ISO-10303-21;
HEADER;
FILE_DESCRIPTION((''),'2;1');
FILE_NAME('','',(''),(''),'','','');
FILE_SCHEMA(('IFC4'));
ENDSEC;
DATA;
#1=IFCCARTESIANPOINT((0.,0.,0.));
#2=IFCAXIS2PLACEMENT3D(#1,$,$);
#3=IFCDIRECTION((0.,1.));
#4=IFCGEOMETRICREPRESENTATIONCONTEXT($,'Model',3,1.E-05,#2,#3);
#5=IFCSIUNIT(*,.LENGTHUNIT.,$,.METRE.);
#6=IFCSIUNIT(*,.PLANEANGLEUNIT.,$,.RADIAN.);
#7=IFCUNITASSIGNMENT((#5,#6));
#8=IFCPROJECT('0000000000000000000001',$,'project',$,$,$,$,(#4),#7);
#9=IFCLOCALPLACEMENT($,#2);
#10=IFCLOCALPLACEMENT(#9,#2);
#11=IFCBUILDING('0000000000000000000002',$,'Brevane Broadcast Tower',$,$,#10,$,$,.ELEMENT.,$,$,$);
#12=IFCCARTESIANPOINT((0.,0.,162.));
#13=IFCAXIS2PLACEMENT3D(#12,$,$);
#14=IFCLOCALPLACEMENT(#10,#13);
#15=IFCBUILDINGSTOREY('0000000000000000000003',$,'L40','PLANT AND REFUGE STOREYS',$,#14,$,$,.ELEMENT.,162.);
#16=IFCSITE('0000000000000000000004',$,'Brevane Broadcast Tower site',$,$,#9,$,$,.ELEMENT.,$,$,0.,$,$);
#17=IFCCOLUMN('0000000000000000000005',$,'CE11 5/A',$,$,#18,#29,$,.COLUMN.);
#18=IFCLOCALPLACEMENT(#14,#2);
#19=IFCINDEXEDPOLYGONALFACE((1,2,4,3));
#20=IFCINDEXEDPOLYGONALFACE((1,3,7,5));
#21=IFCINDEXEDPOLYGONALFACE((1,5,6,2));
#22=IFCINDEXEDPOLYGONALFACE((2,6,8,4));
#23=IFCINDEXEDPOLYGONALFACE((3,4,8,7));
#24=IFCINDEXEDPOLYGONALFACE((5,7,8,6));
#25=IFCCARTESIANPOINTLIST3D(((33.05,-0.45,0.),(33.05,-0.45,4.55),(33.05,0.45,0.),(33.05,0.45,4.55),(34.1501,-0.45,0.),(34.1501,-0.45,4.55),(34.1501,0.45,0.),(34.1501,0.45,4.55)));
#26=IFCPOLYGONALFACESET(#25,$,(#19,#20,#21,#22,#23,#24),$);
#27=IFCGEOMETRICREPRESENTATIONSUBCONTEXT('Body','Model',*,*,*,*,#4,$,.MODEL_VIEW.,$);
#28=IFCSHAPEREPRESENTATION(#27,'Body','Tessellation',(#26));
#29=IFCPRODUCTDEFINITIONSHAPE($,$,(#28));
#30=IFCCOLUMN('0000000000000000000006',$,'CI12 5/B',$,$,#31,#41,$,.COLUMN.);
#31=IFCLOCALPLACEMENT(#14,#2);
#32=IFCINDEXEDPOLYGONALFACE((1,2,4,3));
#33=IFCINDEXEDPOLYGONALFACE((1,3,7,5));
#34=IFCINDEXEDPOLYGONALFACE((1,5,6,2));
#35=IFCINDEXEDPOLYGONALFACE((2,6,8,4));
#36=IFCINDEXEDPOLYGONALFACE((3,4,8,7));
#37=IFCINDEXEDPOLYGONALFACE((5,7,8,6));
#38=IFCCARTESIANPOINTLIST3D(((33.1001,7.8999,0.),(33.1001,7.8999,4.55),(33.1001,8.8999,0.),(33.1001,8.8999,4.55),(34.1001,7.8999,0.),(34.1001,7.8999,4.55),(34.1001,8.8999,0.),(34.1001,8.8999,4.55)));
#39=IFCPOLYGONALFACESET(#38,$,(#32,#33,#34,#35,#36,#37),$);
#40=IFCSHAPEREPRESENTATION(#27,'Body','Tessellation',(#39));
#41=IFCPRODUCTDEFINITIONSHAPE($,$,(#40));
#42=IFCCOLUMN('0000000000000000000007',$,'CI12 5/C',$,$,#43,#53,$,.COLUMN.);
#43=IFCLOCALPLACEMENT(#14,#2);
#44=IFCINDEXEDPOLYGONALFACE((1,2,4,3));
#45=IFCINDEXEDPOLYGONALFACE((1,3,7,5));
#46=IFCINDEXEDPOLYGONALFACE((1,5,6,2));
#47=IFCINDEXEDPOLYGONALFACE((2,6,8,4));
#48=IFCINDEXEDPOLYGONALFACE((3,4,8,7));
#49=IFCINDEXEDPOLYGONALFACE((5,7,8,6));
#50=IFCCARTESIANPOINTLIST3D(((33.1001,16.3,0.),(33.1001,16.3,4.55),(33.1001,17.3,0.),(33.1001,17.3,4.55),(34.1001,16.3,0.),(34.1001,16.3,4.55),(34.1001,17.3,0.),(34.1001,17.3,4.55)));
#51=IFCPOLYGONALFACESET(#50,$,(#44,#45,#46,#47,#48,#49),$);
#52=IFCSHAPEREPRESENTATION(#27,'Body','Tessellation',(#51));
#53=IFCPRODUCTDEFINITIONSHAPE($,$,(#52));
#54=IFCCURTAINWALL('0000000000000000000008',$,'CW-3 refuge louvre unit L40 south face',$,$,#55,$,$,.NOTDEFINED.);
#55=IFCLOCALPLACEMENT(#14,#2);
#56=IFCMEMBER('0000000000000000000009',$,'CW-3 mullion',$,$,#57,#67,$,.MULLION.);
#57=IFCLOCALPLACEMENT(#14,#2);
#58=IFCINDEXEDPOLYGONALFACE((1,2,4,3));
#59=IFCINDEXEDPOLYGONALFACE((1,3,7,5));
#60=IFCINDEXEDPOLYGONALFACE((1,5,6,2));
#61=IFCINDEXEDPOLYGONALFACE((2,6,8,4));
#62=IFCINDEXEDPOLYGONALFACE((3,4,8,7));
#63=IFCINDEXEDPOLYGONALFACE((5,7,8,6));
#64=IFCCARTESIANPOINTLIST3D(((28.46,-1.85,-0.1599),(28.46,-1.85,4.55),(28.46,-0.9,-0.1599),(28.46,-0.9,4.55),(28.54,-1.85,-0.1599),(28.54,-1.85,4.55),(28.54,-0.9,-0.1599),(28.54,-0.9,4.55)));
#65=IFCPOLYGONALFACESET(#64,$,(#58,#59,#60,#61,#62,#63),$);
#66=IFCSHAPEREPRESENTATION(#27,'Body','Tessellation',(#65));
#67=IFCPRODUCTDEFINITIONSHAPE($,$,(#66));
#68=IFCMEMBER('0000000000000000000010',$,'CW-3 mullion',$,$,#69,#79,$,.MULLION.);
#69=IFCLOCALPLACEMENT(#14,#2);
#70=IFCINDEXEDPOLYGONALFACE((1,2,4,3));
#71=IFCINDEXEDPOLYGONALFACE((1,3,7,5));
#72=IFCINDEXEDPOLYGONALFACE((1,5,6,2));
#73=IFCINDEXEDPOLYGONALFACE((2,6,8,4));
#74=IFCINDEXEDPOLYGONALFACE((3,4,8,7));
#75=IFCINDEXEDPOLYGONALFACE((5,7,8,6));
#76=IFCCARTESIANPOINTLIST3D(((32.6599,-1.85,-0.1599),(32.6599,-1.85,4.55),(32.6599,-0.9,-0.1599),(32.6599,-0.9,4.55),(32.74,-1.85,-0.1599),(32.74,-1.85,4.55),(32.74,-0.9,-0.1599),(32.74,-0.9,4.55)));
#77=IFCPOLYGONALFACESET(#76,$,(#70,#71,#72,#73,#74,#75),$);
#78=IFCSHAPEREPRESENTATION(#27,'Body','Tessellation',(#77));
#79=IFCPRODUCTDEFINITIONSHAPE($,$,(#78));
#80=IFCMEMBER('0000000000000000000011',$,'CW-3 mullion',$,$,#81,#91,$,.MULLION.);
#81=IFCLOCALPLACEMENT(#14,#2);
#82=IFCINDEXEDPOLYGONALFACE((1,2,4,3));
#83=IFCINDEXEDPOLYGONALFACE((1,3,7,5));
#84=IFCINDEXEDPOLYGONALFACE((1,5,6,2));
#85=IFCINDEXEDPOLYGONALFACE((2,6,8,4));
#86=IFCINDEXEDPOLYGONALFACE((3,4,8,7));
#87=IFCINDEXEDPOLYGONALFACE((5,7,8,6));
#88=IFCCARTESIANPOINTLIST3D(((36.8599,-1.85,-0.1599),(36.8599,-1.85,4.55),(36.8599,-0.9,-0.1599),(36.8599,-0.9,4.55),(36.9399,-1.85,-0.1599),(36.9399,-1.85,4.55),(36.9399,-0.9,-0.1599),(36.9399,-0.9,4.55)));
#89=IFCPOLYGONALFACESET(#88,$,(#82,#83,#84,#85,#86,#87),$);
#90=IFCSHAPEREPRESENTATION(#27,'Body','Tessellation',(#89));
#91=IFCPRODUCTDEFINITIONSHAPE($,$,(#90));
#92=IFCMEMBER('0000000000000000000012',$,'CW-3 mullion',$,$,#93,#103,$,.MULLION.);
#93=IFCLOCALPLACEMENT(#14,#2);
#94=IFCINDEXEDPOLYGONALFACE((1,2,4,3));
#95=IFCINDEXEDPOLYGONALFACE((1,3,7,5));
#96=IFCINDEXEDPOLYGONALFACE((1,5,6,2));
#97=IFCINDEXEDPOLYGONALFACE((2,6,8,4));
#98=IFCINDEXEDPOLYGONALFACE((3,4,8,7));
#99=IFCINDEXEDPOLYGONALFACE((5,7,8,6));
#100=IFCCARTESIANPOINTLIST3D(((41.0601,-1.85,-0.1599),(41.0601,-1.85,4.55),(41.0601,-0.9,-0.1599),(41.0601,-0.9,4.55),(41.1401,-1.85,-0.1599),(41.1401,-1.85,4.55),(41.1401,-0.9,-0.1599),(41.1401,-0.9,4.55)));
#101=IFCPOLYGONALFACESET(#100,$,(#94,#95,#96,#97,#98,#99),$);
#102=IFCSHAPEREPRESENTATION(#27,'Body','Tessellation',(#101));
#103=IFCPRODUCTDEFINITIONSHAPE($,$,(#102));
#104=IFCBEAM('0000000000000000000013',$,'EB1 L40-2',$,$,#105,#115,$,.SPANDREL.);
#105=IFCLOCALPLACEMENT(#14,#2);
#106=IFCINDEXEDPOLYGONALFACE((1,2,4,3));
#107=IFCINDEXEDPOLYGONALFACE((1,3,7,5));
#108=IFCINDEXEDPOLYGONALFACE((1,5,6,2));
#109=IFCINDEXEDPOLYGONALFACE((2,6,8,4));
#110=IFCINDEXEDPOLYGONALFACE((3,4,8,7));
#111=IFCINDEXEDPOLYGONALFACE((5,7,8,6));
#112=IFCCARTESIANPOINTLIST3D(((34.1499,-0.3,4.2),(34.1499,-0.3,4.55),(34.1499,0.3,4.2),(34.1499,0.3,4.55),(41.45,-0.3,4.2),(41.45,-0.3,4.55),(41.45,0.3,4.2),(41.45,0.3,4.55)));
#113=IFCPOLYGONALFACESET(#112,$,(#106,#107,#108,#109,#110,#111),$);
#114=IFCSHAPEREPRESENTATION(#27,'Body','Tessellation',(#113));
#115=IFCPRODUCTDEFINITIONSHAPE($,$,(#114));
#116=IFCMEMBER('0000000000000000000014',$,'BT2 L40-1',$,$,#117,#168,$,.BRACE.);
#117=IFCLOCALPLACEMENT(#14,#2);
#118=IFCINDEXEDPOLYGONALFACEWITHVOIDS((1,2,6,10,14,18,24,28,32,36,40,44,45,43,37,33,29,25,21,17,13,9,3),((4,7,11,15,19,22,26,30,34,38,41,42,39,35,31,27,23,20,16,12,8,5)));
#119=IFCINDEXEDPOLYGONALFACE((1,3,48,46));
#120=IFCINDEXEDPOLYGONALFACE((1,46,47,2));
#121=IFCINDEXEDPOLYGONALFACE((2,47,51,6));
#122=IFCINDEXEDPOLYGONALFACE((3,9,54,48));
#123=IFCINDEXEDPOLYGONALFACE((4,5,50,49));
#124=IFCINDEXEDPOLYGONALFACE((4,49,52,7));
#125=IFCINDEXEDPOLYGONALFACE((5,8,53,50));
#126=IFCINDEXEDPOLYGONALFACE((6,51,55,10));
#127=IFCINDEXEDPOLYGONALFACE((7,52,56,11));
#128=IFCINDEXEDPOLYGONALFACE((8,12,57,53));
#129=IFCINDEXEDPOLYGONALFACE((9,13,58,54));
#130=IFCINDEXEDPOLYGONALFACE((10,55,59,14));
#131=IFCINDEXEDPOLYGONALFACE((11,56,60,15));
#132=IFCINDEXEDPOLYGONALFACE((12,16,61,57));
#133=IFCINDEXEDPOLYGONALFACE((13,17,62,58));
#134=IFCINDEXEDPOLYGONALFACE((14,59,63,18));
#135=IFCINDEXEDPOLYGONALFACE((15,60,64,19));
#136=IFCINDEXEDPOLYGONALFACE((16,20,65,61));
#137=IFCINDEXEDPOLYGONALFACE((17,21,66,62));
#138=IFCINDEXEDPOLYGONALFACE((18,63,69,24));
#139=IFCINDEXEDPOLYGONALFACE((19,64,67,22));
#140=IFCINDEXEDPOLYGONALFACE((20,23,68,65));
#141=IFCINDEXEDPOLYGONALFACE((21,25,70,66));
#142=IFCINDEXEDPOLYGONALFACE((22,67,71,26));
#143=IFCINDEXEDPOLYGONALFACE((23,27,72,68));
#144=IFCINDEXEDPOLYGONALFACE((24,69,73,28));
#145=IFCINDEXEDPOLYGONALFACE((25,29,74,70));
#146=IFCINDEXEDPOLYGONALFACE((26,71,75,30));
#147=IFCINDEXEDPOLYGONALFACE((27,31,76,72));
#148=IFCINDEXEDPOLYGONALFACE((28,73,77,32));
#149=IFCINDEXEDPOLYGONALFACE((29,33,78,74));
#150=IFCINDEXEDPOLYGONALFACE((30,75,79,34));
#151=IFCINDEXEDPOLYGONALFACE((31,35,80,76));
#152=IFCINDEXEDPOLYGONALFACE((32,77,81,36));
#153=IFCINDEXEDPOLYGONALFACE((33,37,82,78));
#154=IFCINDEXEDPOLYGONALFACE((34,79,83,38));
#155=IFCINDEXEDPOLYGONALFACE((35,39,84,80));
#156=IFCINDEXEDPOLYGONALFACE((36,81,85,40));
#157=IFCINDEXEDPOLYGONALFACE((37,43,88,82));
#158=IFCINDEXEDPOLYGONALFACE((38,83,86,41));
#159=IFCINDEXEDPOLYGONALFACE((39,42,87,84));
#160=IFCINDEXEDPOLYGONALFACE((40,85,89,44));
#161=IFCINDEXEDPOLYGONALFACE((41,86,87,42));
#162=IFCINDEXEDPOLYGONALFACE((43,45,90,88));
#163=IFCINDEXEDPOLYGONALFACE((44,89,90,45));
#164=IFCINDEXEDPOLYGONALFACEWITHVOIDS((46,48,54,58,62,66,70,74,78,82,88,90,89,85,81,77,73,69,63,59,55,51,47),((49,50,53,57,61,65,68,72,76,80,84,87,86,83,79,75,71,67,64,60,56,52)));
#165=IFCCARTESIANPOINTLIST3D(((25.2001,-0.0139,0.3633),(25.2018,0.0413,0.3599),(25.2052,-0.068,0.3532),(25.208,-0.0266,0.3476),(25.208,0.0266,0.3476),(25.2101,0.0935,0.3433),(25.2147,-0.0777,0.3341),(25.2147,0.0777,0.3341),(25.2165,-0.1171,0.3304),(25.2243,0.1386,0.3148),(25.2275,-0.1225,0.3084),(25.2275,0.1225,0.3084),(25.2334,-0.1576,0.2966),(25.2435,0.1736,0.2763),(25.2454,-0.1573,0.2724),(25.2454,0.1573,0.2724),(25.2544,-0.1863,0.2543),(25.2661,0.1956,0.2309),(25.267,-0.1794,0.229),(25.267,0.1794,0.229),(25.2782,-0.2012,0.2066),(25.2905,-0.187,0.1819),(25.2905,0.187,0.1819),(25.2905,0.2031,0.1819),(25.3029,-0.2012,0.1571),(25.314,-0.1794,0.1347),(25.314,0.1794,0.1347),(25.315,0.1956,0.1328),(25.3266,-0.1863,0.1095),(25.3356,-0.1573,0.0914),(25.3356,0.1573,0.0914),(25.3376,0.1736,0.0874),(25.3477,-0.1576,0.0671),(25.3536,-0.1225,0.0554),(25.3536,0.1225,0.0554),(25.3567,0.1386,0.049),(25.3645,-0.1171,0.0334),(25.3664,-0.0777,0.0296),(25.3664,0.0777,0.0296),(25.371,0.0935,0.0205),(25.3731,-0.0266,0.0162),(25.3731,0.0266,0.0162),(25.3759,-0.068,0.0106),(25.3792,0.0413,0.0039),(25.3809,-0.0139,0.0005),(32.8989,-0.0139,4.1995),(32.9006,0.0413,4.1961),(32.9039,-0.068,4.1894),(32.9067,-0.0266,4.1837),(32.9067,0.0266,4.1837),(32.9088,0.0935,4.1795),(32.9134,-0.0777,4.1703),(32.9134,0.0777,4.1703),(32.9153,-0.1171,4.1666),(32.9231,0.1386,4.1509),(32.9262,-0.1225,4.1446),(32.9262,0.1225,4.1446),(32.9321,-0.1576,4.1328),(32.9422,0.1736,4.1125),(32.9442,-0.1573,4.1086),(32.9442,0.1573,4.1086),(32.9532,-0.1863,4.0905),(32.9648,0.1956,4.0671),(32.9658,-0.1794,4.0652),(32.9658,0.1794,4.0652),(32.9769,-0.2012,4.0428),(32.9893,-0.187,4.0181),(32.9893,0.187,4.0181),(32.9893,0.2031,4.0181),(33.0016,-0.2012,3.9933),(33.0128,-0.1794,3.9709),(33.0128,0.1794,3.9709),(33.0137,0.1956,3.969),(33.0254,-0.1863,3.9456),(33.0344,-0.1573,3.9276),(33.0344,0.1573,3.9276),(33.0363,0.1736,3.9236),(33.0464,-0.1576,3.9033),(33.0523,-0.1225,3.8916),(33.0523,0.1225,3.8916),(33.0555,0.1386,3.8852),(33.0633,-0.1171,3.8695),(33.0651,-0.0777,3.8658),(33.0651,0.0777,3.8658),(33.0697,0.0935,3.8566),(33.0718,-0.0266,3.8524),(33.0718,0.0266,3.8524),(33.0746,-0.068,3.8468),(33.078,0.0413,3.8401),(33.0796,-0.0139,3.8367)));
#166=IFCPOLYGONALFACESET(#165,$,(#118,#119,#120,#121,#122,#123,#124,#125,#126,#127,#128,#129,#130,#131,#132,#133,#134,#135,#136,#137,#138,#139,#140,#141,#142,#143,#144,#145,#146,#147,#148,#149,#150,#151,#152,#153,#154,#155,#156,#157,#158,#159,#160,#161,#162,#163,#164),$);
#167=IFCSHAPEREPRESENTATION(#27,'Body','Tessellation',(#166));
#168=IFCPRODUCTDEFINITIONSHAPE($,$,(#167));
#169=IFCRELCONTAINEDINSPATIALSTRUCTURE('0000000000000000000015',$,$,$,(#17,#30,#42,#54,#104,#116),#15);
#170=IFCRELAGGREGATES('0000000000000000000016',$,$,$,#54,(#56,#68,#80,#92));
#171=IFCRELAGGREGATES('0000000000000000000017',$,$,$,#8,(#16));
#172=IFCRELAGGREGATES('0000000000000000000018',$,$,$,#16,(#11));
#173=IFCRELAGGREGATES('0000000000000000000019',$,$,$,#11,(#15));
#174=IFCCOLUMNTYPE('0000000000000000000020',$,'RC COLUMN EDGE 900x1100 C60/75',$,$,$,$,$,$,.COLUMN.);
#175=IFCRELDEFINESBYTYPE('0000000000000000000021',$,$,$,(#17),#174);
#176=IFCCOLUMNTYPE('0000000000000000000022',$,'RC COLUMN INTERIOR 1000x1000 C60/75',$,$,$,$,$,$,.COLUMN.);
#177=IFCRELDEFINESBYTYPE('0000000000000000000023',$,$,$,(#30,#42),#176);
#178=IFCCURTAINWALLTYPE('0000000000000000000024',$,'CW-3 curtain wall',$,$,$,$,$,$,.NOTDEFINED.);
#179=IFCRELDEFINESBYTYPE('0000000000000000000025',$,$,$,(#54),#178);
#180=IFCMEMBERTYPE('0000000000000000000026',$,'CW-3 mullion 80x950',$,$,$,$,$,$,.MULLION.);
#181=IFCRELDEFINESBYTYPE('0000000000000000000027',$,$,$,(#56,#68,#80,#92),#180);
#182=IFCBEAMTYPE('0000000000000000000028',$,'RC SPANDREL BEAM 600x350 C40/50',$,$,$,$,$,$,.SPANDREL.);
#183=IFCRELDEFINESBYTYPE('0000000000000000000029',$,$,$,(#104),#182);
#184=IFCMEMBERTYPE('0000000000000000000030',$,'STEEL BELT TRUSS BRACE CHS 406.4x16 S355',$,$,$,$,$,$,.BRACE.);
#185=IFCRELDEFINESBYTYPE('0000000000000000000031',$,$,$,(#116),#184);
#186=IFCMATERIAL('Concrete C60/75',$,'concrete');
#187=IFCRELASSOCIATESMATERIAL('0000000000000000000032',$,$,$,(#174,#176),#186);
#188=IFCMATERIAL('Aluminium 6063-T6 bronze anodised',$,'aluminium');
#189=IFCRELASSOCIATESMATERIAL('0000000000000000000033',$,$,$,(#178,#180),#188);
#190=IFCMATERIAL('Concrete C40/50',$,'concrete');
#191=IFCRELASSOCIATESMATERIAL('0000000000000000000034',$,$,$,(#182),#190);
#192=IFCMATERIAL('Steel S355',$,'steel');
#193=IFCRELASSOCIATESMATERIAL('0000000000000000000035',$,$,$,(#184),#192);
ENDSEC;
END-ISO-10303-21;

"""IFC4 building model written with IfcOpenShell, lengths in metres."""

from ifc_helpers import new_model, si_unit, direction, frame, origin, origin_2d, place, context, subcontext, project, spatial, rectangle, hollow_circle, extrude, material, material_profile, profile_set, type_object, element, aggregate, save


model = new_model("IFC4")

# Units and contexts
model_context = context("Model", 3, precision=1e-05, world=origin(), true_north=direction((0.0, 1.0)))
body_context = subcontext(model_context, "Body", "Model", "MODEL_VIEW")
ifc_project = project(units=[si_unit("LENGTHUNIT", "METRE"), si_unit("PLANEANGLEUNIT", "RADIAN")], contexts=[model_context])

# Site, building, storey
site_placement = place(None, origin())
site = spatial("IfcSite", under=ifc_project, at=site_placement, Name="Brevane Broadcast Tower site", CompositionType="ELEMENT", RefElevation=0.0)
building_placement = place(site_placement, origin())
building = spatial("IfcBuilding", under=site, at=building_placement, Name="Brevane Broadcast Tower", CompositionType="ELEMENT")
storey_placement = place(building_placement, frame((0.0, 0.0, 162.0)))
storey = spatial("IfcBuildingStorey", under=building, at=storey_placement, Name="L40", Description="PLANT AND REFUGE STOREYS", CompositionType="ELEMENT", Elevation=162.0)

# Columns
ifc_material_1 = material(Name="Concrete C60/75", Category="concrete")
ifc_material_profile_1 = material_profile(ifc_material_1, rectangle(XDim=0.8999, YDim=1.1001, at=origin_2d()), Name="RC 900x1100")
ifc_profile_set_1 = profile_set([ifc_material_profile_1], Name="Concrete C60/75")
column_type_1 = type_object("IfcColumnType", Name="RC COLUMN EDGE 900x1100 C60/75", PredefinedType="COLUMN", material=ifc_profile_set_1)
column_placement = place(storey_placement, frame((33.6001, 0.0, 0.0), z_axis=(0.0, 0.0, 1.0), x_axis=(0.0, 1.0, 0.0)))
element("IfcColumn", 1, at=column_placement, inside=storey, type_object=column_type_1, Name="CE11 5/A", PredefinedType="COLUMN", context=body_context, shape_type="SweptSolid", body=[
    extrude(rectangle(XDim=0.8999, YDim=1.1001, at=origin_2d()), origin(), (0.0, 0.0, 1.0), 4.55),
])
ifc_material_profile_2 = material_profile(ifc_material_1, rectangle(XDim=1.0, YDim=1.0, at=origin_2d()), Name="RC 1000x1000")
ifc_profile_set_2 = profile_set([ifc_material_profile_2], Name="Concrete C60/75")
column_type_2 = type_object("IfcColumnType", Name="RC COLUMN INTERIOR 1000x1000 C60/75", PredefinedType="COLUMN", material=ifc_profile_set_2)
for number, where, z_axis, x_axis, name in (
    (2, (33.6001, 8.3999, 0.0), (0.0, 0.0, 1.0), (1.0, 0.0, 0.0), "CI12 5/B"),
    (3, (33.6001, 16.8, 0.0), (0.0, 0.0, 1.0), (1.0, 0.0, 0.0), "CI12 5/C"),
):
    element("IfcColumn", number, at=place(storey_placement, frame(where, z_axis=z_axis, x_axis=x_axis)), inside=storey, type_object=column_type_2, Name=name, PredefinedType="COLUMN", context=body_context, shape_type="SweptSolid", body=[
        extrude(rectangle(XDim=1.0, YDim=1.0, at=origin_2d()), origin(), (0.0, 0.0, 1.0), 4.55),
    ])

# Curtain wall, members
ifc_material_2 = material(Name="Aluminium 6063-T6 bronze anodised", Category="aluminium")
curtain_wall_type = type_object("IfcCurtainWallType", Name="CW-3 curtain wall", PredefinedType="NOTDEFINED", material=ifc_material_2)
curtain_wall_placement = place(storey_placement, origin())
curtain_wall = element("IfcCurtainWall", 4, at=curtain_wall_placement, inside=storey, type_object=curtain_wall_type, Name="CW-3 refuge louvre unit L40 south face", PredefinedType="NOTDEFINED")
ifc_material_profile_3 = material_profile(ifc_material_2, rectangle(XDim=0.95, YDim=0.0801, at=origin_2d()), Name="RECT 80x950")
ifc_profile_set_3 = profile_set([ifc_material_profile_3], Name="Aluminium 6063-T6 bronze anodised")
member_type_1 = type_object("IfcMemberType", Name="CW-3 mullion 80x950", PredefinedType="MULLION", material=ifc_profile_set_3)
member_1_placement = place(storey_placement, frame((28.5, -1.375, -0.1599), z_axis=(0.0, 0.0, 1.0), x_axis=(0.0, 1.0, 0.0)))
member_1 = element("IfcMember", 5, at=member_1_placement, type_object=member_type_1, Name="CW-3 mullion", PredefinedType="MULLION", context=body_context, shape_type="SweptSolid", body=[
    extrude(rectangle(XDim=0.95, YDim=0.0801, at=origin_2d()), origin(), (0.0, 0.0, 1.0), 4.71),
])
member_2_placement = place(storey_placement, frame((32.7, -1.375, -0.1599), z_axis=(0.0, 0.0, 1.0), x_axis=(0.0, 1.0, 0.0)))
member_2 = element("IfcMember", 6, at=member_2_placement, type_object=member_type_1, Name="CW-3 mullion", PredefinedType="MULLION", context=body_context, shape_type="SweptSolid", body=[
    extrude(rectangle(XDim=0.95, YDim=0.0801, at=origin_2d()), origin(), (0.0, 0.0, 1.0), 4.71),
])
member_3_placement = place(storey_placement, frame((36.8999, -1.375, -0.1599), z_axis=(0.0, 0.0, 1.0), x_axis=(0.0, 1.0, 0.0)))
member_3 = element("IfcMember", 7, at=member_3_placement, type_object=member_type_1, Name="CW-3 mullion", PredefinedType="MULLION", context=body_context, shape_type="SweptSolid", body=[
    extrude(rectangle(XDim=0.95, YDim=0.0801, at=origin_2d()), origin(), (0.0, 0.0, 1.0), 4.71),
])
member_4_placement = place(storey_placement, frame((41.1001, -1.375, -0.1599), z_axis=(0.0, 0.0, 1.0), x_axis=(0.0, 1.0, 0.0)))
member_4 = element("IfcMember", 8, at=member_4_placement, type_object=member_type_1, Name="CW-3 mullion", PredefinedType="MULLION", context=body_context, shape_type="SweptSolid", body=[
    extrude(rectangle(XDim=0.95, YDim=0.0801, at=origin_2d()), origin(), (0.0, 0.0, 1.0), 4.71),
])
aggregate(curtain_wall, [member_1, member_2, member_3, member_4])

# Beam
ifc_material_3 = material(Name="Concrete C40/50", Category="concrete")
ifc_material_profile_4 = material_profile(ifc_material_3, rectangle(XDim=0.6001, YDim=0.3501, at=origin_2d()), Name="RC 600x350")
ifc_profile_set_4 = profile_set([ifc_material_profile_4], Name="Concrete C40/50")
beam_type = type_object("IfcBeamType", Name="RC SPANDREL BEAM 600x350 C40/50", PredefinedType="SPANDREL", material=ifc_profile_set_4)
beam_placement = place(storey_placement, frame((34.1499, 0.0, 4.375), z_axis=(1.0, 0.0, 0.0), x_axis=(0.0, 1.0, 0.0)))
element("IfcBeam", 9, at=beam_placement, inside=storey, type_object=beam_type, Name="EB1 L40-2", PredefinedType="SPANDREL", context=body_context, shape_type="SweptSolid", body=[
    extrude(rectangle(XDim=0.6001, YDim=0.3501, at=origin_2d()), origin(), (0.0, 0.0, 1.0), 7.3),
])

# Member
ifc_material_4 = material(Name="Steel S355", Category="steel")
ifc_material_profile_5 = material_profile(ifc_material_4, hollow_circle(Radius=0.2031, WallThickness=0.0161, at=origin_2d()), Name="CHS 406.4x16")
ifc_profile_set_5 = profile_set([ifc_material_profile_5], Name="Steel S355")
member_type_2 = type_object("IfcMemberType", Name="STEEL BELT TRUSS BRACE CHS 406.4x16 S355", PredefinedType="BRACE", material=ifc_profile_set_5)
member_5_placement = place(storey_placement, frame((25.2905, 0.0, 0.1819), z_axis=(0.895039, 0.0, 0.445987), x_axis=(0.0, 1.0, 0.0)))
element("IfcMember", 10, at=member_5_placement, inside=storey, type_object=member_type_2, Name="BT2 L40-1", PredefinedType="BRACE", context=body_context, shape_type="SweptSolid", body=[
    extrude(hollow_circle(Radius=0.2031, WallThickness=0.0161, at=origin_2d()), origin(), (0.0, 0.0, 1.0), 8.6016),
])

save(model, "model.ifc")
